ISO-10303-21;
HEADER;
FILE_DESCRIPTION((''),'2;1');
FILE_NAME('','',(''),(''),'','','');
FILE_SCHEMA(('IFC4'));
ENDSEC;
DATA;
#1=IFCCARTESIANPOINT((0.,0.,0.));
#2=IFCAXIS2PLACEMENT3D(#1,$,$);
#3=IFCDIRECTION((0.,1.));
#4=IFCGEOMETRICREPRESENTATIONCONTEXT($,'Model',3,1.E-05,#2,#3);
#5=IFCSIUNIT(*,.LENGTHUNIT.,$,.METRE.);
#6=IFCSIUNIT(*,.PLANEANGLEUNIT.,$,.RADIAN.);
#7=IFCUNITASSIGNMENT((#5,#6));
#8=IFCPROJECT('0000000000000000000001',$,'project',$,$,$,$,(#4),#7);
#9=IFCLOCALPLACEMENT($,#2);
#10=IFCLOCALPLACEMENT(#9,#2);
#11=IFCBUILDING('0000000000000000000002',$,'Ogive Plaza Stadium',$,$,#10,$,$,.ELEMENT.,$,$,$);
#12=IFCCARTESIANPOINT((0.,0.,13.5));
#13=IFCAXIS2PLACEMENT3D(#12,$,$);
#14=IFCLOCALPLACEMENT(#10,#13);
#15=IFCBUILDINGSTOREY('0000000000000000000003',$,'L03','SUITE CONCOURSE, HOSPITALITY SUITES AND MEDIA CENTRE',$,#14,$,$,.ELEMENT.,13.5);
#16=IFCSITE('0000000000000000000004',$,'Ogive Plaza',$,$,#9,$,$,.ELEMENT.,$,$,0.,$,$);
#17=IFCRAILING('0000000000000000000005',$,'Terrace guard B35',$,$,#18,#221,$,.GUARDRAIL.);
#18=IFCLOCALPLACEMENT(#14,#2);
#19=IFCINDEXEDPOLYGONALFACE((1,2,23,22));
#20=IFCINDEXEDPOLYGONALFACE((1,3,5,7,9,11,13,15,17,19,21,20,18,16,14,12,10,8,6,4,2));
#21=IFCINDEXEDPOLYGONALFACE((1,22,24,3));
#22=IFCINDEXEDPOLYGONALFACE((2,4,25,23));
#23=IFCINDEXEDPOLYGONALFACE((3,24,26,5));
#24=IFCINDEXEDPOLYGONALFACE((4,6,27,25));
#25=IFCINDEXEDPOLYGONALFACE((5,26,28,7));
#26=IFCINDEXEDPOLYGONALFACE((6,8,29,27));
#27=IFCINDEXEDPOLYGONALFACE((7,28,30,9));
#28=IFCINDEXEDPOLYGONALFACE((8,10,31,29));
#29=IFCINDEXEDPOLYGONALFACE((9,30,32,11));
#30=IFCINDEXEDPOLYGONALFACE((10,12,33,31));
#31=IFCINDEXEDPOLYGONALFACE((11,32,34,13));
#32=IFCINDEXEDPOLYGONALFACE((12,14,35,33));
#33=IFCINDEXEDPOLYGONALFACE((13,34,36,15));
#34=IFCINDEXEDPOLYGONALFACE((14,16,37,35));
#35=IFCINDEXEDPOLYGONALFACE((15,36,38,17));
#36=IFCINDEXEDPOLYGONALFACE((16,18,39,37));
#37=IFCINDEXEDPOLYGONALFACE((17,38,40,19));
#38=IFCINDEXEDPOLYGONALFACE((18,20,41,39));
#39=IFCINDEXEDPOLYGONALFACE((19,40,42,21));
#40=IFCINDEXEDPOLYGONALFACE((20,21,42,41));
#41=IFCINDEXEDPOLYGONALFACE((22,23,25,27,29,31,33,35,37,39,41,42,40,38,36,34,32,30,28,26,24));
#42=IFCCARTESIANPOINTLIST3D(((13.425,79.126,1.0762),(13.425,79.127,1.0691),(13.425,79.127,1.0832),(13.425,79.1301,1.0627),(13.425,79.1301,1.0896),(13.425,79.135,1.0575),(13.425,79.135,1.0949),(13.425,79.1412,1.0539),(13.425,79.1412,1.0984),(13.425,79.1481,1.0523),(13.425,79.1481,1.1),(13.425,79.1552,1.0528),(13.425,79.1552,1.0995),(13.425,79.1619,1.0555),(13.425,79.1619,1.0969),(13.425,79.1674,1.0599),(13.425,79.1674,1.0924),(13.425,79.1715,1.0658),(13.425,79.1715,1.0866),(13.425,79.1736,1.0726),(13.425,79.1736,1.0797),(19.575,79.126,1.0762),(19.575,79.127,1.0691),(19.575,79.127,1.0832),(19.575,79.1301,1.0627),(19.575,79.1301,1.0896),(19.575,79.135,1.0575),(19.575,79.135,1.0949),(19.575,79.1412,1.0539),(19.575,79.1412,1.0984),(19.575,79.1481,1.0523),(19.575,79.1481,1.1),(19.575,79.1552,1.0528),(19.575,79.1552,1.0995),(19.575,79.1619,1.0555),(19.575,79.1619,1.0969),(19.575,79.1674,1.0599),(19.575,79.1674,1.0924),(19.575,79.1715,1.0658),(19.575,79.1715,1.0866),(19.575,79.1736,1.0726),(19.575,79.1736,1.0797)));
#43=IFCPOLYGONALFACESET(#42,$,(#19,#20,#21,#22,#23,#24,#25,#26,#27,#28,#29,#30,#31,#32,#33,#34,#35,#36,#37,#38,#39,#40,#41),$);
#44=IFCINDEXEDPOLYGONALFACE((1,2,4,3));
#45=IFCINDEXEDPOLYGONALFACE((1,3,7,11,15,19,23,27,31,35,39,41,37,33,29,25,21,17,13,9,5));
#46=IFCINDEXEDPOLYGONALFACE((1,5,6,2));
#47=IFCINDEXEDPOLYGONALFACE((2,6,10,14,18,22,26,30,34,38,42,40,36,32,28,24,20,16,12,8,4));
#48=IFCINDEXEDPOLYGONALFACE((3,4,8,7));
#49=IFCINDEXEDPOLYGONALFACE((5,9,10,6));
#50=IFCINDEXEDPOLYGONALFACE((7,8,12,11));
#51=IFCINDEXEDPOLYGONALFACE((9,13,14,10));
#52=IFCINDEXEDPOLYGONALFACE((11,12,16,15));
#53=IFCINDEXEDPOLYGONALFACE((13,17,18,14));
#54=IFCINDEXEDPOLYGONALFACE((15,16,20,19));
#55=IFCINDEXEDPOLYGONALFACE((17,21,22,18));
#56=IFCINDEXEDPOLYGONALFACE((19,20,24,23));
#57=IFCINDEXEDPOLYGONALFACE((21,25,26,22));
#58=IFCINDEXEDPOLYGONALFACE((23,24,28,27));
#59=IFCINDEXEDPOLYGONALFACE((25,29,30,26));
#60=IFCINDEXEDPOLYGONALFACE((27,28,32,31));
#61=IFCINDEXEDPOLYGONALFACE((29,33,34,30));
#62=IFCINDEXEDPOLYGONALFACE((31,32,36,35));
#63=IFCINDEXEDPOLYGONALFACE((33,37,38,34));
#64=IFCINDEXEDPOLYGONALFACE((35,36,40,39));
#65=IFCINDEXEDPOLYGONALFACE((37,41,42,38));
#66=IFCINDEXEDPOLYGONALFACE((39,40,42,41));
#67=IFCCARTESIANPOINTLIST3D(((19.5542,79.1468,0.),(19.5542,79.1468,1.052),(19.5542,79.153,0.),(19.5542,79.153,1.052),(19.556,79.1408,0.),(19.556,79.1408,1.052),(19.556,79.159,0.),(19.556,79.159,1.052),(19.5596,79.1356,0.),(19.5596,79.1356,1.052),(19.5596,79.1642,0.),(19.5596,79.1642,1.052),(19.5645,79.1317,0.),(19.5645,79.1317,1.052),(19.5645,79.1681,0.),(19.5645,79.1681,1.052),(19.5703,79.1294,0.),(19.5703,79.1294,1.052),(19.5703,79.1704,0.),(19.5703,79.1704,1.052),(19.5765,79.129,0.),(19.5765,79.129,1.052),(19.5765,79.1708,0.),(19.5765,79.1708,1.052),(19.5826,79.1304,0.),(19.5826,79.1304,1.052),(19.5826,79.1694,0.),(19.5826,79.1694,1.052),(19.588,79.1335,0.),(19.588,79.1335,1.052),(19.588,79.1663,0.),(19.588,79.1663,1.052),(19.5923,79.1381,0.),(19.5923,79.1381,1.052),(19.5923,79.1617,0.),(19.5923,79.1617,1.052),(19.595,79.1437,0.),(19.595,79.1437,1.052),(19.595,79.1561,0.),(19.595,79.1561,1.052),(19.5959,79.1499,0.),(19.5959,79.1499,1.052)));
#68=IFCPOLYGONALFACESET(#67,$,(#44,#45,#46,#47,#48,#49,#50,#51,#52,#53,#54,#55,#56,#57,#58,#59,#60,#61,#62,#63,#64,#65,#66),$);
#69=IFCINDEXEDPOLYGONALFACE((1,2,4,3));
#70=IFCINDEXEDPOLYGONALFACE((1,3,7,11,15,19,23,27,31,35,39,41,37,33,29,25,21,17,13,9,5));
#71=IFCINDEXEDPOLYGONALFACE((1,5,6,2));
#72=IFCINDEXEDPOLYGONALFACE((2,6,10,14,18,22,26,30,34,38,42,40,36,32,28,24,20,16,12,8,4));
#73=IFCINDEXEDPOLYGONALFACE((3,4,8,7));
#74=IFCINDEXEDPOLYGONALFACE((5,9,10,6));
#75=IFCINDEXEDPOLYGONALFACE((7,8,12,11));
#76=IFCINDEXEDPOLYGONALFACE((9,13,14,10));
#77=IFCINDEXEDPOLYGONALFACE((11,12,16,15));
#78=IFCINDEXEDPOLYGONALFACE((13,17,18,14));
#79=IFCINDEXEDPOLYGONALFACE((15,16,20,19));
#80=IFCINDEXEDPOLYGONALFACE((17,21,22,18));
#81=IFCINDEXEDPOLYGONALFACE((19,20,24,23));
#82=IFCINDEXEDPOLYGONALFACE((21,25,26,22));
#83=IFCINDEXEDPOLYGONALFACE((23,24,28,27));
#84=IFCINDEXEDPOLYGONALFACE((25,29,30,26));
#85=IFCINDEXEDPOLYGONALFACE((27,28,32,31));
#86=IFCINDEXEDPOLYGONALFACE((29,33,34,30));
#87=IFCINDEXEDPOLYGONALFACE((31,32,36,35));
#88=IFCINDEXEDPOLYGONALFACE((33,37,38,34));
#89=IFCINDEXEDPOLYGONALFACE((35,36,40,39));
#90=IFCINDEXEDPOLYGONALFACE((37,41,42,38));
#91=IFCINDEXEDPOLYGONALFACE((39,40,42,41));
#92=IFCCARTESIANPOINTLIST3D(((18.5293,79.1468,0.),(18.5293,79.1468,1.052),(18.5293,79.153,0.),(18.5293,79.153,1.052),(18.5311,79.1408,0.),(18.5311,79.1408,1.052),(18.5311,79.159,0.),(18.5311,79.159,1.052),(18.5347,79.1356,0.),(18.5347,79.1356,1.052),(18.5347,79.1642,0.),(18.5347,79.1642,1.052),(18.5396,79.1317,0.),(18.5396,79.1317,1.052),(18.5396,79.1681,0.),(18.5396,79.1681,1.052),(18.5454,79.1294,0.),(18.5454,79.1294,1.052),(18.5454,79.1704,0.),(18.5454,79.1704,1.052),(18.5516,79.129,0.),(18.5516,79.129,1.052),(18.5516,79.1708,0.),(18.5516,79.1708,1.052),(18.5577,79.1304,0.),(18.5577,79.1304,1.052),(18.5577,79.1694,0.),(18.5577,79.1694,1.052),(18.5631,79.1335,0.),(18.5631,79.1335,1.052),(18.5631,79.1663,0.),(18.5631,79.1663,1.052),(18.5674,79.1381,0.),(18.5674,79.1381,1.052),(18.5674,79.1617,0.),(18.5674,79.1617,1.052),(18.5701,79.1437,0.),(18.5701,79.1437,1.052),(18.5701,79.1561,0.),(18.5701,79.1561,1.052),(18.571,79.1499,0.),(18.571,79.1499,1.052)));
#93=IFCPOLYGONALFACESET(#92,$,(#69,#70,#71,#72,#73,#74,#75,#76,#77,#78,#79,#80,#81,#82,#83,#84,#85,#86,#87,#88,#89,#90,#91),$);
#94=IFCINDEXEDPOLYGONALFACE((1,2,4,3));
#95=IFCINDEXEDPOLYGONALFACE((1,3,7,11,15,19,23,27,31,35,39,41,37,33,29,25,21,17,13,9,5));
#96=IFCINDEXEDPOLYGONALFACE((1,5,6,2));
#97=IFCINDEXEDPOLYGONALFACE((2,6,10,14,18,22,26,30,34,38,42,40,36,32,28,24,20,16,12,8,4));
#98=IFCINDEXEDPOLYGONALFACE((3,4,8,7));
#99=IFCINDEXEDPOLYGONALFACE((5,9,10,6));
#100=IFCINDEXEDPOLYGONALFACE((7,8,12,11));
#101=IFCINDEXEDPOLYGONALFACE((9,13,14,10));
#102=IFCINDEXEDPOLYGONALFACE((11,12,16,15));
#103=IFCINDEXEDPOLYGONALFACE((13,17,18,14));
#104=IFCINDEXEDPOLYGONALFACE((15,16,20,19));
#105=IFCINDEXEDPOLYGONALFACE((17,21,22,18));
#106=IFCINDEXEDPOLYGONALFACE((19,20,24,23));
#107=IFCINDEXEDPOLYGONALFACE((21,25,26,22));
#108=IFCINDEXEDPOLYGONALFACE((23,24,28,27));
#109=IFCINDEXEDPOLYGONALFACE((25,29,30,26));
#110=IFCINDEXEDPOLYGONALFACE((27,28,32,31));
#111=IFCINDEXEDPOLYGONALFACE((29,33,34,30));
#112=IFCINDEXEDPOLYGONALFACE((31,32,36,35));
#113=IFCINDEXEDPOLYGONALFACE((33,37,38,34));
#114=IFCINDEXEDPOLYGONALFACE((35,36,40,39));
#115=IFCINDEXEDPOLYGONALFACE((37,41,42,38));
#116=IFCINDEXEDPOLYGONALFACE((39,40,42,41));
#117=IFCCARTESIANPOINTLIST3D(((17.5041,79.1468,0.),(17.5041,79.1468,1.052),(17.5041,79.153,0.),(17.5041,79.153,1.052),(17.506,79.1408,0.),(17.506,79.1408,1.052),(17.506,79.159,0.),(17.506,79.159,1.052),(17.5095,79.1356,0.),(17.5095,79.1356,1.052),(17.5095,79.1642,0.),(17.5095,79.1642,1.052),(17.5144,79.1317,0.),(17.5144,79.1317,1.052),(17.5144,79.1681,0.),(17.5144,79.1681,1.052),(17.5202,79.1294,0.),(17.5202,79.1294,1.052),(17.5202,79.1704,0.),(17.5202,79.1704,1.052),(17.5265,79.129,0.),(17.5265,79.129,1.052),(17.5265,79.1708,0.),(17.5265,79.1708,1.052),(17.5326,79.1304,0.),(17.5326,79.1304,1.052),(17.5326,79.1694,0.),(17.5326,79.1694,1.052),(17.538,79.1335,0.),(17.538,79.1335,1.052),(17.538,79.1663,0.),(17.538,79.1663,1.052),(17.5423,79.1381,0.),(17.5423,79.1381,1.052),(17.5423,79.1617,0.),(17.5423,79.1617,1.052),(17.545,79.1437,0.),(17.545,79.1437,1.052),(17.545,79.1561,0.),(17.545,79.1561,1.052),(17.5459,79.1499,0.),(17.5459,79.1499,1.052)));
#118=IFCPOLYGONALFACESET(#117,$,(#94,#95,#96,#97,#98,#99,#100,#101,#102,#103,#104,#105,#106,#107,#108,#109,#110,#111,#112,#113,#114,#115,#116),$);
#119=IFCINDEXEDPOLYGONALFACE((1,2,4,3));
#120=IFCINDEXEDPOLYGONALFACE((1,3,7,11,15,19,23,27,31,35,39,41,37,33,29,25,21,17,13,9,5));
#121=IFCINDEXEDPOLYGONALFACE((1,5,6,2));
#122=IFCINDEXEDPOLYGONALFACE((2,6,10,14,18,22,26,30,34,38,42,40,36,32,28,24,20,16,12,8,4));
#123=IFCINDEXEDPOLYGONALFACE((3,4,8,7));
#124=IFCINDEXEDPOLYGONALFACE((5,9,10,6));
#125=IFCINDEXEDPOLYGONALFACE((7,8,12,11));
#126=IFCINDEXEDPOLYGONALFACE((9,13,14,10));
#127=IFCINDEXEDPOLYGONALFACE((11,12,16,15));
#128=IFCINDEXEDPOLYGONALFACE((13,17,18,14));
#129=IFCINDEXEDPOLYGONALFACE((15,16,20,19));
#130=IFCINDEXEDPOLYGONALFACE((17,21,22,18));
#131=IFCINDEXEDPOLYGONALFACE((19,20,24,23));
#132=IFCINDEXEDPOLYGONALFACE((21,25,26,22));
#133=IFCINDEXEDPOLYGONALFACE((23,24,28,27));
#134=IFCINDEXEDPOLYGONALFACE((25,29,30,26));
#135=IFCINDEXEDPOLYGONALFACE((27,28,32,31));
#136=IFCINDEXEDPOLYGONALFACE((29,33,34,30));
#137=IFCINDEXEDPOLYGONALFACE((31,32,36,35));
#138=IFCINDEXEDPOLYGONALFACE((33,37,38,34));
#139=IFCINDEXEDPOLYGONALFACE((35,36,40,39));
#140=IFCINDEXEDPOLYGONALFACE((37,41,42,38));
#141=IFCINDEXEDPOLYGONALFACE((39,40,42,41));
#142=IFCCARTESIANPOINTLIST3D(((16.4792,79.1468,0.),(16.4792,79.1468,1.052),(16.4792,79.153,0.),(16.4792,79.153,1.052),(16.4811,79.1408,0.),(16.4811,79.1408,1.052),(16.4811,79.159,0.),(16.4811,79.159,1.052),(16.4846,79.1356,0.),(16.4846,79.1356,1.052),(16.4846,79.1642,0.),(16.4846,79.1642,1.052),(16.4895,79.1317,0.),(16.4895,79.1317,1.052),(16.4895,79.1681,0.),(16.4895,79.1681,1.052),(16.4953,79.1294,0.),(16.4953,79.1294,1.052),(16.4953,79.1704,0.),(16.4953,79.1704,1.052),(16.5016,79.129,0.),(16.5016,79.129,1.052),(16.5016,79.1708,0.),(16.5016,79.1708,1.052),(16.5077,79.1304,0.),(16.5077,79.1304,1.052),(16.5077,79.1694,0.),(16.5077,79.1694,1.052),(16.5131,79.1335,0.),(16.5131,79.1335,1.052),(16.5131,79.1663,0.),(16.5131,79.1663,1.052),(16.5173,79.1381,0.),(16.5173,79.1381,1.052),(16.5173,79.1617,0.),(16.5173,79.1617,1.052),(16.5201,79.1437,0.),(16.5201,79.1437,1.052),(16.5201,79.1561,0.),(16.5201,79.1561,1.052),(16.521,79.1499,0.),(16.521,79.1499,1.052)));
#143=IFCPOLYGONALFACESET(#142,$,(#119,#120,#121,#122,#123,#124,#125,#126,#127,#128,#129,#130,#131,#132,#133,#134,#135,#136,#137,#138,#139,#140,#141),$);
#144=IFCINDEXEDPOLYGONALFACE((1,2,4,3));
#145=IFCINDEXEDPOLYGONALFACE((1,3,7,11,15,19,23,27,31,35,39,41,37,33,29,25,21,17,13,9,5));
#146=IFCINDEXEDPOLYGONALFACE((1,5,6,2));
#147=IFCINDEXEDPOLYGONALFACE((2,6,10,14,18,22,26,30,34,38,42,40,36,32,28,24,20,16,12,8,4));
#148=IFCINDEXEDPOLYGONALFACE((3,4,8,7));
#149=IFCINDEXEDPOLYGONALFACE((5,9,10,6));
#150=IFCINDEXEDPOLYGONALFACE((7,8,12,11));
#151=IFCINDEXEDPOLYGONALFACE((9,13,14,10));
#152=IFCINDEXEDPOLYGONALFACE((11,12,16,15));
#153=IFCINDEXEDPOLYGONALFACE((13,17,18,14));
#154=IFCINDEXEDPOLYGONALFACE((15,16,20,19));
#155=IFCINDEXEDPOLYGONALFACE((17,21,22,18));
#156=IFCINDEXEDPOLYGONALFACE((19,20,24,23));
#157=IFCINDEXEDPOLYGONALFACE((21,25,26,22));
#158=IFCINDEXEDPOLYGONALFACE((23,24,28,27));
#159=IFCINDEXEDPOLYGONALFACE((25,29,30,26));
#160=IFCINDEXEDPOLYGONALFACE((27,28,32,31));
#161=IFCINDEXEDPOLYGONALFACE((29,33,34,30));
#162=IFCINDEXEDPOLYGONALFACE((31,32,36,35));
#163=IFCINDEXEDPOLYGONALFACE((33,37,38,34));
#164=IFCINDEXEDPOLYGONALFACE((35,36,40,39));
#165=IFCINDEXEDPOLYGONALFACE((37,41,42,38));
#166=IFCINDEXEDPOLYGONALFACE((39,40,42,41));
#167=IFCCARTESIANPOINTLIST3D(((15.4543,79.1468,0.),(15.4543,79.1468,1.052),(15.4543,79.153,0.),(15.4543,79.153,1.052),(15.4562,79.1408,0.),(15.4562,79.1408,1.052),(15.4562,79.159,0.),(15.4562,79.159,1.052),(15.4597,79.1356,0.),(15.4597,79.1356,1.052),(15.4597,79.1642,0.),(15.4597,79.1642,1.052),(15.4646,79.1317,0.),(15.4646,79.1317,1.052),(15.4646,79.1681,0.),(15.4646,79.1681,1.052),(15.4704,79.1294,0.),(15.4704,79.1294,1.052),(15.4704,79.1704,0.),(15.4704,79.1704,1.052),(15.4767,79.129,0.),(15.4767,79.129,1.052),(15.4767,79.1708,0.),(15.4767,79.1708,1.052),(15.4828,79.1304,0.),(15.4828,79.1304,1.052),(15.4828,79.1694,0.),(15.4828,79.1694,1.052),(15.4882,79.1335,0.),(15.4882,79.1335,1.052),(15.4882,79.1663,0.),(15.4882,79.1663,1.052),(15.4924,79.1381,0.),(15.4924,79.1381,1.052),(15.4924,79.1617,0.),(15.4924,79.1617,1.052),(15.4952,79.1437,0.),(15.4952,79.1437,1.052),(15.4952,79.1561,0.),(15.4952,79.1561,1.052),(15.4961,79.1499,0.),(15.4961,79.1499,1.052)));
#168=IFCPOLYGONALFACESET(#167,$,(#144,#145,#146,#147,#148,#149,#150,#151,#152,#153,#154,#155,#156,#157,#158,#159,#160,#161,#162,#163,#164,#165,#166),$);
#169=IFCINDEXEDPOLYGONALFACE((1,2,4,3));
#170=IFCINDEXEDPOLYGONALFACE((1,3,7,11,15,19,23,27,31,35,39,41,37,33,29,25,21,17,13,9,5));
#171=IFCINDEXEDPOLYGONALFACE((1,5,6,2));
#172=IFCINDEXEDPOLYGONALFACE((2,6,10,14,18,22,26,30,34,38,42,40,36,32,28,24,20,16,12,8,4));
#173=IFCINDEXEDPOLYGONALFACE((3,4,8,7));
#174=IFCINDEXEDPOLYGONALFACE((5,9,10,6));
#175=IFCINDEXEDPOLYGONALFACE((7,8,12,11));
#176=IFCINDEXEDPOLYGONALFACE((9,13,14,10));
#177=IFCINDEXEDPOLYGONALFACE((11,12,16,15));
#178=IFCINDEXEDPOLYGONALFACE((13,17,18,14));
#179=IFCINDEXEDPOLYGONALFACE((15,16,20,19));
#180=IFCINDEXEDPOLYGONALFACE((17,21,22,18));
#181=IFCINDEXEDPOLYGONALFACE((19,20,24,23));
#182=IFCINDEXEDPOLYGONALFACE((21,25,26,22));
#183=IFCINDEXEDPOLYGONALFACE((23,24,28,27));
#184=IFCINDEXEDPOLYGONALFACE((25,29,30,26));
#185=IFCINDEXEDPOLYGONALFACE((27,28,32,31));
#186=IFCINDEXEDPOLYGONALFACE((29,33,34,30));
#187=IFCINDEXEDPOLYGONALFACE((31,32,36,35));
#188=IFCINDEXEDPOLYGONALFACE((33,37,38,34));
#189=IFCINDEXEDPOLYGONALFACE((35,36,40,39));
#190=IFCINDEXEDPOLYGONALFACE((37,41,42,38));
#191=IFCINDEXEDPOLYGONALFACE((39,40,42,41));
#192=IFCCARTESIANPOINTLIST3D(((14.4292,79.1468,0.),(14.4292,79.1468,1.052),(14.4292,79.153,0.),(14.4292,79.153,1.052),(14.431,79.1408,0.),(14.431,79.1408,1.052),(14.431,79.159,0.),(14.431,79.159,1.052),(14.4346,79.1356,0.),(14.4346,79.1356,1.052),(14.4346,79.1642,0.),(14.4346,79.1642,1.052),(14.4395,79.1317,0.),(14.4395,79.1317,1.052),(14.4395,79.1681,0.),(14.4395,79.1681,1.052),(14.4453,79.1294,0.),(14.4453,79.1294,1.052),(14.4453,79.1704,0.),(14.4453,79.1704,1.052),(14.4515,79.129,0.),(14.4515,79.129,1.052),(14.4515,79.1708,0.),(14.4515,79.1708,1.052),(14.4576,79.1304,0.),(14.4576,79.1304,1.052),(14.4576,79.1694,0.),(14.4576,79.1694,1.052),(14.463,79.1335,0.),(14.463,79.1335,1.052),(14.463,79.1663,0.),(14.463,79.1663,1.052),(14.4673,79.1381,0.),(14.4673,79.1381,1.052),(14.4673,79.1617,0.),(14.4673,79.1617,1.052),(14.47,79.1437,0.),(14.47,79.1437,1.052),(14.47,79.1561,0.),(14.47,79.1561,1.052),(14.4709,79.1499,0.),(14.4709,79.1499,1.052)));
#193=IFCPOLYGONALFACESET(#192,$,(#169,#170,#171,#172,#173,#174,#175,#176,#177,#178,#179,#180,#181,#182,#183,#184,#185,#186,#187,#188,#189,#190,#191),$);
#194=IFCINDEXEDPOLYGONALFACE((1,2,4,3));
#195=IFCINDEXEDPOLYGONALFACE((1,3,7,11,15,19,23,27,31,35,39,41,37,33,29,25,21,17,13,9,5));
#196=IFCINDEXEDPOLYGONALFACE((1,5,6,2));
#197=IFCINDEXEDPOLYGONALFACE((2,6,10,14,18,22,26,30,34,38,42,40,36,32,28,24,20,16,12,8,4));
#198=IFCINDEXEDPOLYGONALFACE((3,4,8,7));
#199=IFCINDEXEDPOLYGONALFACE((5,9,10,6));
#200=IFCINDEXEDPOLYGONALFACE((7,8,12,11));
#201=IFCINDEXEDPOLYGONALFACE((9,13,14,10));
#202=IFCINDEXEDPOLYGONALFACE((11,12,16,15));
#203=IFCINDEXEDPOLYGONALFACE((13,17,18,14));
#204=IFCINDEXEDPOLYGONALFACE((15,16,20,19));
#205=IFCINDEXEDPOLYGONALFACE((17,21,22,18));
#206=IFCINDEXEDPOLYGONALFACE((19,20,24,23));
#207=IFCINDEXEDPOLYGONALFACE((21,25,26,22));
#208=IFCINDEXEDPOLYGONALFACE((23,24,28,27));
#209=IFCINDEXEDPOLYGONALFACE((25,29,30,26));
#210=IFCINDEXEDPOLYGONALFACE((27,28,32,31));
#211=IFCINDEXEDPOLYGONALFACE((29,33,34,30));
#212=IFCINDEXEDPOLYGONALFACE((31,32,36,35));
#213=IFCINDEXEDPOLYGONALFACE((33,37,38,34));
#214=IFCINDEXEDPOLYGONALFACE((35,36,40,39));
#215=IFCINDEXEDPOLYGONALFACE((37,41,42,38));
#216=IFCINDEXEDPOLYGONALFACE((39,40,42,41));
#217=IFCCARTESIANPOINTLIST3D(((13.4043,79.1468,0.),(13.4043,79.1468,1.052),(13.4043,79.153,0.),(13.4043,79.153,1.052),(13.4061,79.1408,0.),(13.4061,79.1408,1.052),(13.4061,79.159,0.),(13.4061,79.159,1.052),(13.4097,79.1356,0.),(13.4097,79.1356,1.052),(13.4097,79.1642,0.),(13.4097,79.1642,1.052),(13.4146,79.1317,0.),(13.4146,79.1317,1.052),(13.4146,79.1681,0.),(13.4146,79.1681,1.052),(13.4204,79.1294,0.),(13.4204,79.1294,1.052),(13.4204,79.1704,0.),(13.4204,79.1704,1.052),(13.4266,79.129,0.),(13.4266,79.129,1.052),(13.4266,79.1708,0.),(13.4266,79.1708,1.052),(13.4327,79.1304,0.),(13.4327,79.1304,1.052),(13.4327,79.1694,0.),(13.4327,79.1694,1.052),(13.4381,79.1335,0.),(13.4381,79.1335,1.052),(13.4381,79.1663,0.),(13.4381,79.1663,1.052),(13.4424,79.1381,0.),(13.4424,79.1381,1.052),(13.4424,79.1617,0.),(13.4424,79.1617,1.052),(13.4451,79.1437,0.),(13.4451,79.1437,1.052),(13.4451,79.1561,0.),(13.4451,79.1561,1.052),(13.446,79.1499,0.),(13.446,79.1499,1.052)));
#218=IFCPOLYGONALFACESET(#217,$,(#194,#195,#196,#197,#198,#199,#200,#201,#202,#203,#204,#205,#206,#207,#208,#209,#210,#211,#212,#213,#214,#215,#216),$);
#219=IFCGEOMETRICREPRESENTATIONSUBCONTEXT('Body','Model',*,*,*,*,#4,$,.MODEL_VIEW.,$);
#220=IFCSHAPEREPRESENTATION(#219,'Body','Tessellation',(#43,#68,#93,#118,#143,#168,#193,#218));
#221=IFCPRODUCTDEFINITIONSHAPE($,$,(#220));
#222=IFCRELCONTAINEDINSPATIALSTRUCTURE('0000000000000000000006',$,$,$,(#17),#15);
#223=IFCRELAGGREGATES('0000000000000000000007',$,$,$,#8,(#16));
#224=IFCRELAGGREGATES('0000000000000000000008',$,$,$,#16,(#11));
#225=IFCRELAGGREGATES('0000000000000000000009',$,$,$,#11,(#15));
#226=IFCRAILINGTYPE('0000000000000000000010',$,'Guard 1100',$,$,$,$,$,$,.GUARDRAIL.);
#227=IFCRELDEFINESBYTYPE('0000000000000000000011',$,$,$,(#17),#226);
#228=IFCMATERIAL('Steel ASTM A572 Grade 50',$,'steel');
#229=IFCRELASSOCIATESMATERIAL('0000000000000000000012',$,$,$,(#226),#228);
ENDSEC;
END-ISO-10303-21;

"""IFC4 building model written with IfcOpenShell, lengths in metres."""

from ifc_helpers import new_model, si_unit, direction, frame, origin, origin_2d, place, context, subcontext, project, spatial, circle, extrude, material, type_object, element, save


model = new_model("IFC4")

# Units and contexts
model_context = context("Model", 3, precision=1e-05, world=origin(), true_north=direction((0.0, 1.0)))
body_context = subcontext(model_context, "Body", "Model", "MODEL_VIEW")
ifc_project = project(units=[si_unit("LENGTHUNIT", "METRE"), si_unit("PLANEANGLEUNIT", "RADIAN")], contexts=[model_context])

# Site, building, storey
site_placement = place(None, origin())
site = spatial("IfcSite", under=ifc_project, at=site_placement, Name="Ogive Plaza", CompositionType="ELEMENT", RefElevation=0.0)
building_placement = place(site_placement, origin())
building = spatial("IfcBuilding", under=site, at=building_placement, Name="Ogive Plaza Stadium", CompositionType="ELEMENT")
storey_placement = place(building_placement, frame((0.0, 0.0, 13.5)))
storey = spatial("IfcBuildingStorey", under=building, at=storey_placement, Name="L03", Description="SUITE CONCOURSE, HOSPITALITY SUITES AND MEDIA CENTRE", CompositionType="ELEMENT", Elevation=13.5)

# Railing
ifc_material_1 = material(Name="Steel ASTM A572 Grade 50", Category="steel")
railing_type_1 = type_object("IfcRailingType", Name="Guard 1100", PredefinedType="GUARDRAIL", material=ifc_material_1)
railing_1_placement = place(storey_placement, frame((19.575, 79.1499, 0.0)))
element("IfcRailing", 1, at=railing_1_placement, inside=storey, type_object=railing_type_1, Name="Terrace guard B35", PredefinedType="GUARDRAIL", context=body_context, shape_type="SweptSolid", body=[
    extrude(circle(Radius=0.0239, at=origin_2d()), frame((0.0, 0.0, 1.0762), z_axis=(-1.0, 0.0, 0.0), x_axis=(0.0, -1.0, 0.0)), (0.0, 0.0, 1.0), 6.1499),
    extrude(circle(Radius=0.021, at=origin_2d()), origin(), (0.0, 0.0, 1.0), 1.052),
    extrude(circle(Radius=0.021, at=origin_2d()), frame((-1.0249, 0.0, 0.0)), (0.0, 0.0, 1.0), 1.052),
    extrude(circle(Radius=0.021, at=origin_2d()), frame((-2.05, 0.0, 0.0)), (0.0, 0.0, 1.0), 1.052),
    extrude(circle(Radius=0.021, at=origin_2d()), frame((-3.075, 0.0, 0.0)), (0.0, 0.0, 1.0), 1.052),
    extrude(circle(Radius=0.021, at=origin_2d()), frame((-4.0999, 0.0, 0.0)), (0.0, 0.0, 1.0), 1.052),
    extrude(circle(Radius=0.021, at=origin_2d()), frame((-5.125, 0.0, 0.0)), (0.0, 0.0, 1.0), 1.052),
    extrude(circle(Radius=0.021, at=origin_2d()), frame((-6.1499, 0.0, 0.0)), (0.0, 0.0, 1.0), 1.052),
])

save(model, "model.ifc")
